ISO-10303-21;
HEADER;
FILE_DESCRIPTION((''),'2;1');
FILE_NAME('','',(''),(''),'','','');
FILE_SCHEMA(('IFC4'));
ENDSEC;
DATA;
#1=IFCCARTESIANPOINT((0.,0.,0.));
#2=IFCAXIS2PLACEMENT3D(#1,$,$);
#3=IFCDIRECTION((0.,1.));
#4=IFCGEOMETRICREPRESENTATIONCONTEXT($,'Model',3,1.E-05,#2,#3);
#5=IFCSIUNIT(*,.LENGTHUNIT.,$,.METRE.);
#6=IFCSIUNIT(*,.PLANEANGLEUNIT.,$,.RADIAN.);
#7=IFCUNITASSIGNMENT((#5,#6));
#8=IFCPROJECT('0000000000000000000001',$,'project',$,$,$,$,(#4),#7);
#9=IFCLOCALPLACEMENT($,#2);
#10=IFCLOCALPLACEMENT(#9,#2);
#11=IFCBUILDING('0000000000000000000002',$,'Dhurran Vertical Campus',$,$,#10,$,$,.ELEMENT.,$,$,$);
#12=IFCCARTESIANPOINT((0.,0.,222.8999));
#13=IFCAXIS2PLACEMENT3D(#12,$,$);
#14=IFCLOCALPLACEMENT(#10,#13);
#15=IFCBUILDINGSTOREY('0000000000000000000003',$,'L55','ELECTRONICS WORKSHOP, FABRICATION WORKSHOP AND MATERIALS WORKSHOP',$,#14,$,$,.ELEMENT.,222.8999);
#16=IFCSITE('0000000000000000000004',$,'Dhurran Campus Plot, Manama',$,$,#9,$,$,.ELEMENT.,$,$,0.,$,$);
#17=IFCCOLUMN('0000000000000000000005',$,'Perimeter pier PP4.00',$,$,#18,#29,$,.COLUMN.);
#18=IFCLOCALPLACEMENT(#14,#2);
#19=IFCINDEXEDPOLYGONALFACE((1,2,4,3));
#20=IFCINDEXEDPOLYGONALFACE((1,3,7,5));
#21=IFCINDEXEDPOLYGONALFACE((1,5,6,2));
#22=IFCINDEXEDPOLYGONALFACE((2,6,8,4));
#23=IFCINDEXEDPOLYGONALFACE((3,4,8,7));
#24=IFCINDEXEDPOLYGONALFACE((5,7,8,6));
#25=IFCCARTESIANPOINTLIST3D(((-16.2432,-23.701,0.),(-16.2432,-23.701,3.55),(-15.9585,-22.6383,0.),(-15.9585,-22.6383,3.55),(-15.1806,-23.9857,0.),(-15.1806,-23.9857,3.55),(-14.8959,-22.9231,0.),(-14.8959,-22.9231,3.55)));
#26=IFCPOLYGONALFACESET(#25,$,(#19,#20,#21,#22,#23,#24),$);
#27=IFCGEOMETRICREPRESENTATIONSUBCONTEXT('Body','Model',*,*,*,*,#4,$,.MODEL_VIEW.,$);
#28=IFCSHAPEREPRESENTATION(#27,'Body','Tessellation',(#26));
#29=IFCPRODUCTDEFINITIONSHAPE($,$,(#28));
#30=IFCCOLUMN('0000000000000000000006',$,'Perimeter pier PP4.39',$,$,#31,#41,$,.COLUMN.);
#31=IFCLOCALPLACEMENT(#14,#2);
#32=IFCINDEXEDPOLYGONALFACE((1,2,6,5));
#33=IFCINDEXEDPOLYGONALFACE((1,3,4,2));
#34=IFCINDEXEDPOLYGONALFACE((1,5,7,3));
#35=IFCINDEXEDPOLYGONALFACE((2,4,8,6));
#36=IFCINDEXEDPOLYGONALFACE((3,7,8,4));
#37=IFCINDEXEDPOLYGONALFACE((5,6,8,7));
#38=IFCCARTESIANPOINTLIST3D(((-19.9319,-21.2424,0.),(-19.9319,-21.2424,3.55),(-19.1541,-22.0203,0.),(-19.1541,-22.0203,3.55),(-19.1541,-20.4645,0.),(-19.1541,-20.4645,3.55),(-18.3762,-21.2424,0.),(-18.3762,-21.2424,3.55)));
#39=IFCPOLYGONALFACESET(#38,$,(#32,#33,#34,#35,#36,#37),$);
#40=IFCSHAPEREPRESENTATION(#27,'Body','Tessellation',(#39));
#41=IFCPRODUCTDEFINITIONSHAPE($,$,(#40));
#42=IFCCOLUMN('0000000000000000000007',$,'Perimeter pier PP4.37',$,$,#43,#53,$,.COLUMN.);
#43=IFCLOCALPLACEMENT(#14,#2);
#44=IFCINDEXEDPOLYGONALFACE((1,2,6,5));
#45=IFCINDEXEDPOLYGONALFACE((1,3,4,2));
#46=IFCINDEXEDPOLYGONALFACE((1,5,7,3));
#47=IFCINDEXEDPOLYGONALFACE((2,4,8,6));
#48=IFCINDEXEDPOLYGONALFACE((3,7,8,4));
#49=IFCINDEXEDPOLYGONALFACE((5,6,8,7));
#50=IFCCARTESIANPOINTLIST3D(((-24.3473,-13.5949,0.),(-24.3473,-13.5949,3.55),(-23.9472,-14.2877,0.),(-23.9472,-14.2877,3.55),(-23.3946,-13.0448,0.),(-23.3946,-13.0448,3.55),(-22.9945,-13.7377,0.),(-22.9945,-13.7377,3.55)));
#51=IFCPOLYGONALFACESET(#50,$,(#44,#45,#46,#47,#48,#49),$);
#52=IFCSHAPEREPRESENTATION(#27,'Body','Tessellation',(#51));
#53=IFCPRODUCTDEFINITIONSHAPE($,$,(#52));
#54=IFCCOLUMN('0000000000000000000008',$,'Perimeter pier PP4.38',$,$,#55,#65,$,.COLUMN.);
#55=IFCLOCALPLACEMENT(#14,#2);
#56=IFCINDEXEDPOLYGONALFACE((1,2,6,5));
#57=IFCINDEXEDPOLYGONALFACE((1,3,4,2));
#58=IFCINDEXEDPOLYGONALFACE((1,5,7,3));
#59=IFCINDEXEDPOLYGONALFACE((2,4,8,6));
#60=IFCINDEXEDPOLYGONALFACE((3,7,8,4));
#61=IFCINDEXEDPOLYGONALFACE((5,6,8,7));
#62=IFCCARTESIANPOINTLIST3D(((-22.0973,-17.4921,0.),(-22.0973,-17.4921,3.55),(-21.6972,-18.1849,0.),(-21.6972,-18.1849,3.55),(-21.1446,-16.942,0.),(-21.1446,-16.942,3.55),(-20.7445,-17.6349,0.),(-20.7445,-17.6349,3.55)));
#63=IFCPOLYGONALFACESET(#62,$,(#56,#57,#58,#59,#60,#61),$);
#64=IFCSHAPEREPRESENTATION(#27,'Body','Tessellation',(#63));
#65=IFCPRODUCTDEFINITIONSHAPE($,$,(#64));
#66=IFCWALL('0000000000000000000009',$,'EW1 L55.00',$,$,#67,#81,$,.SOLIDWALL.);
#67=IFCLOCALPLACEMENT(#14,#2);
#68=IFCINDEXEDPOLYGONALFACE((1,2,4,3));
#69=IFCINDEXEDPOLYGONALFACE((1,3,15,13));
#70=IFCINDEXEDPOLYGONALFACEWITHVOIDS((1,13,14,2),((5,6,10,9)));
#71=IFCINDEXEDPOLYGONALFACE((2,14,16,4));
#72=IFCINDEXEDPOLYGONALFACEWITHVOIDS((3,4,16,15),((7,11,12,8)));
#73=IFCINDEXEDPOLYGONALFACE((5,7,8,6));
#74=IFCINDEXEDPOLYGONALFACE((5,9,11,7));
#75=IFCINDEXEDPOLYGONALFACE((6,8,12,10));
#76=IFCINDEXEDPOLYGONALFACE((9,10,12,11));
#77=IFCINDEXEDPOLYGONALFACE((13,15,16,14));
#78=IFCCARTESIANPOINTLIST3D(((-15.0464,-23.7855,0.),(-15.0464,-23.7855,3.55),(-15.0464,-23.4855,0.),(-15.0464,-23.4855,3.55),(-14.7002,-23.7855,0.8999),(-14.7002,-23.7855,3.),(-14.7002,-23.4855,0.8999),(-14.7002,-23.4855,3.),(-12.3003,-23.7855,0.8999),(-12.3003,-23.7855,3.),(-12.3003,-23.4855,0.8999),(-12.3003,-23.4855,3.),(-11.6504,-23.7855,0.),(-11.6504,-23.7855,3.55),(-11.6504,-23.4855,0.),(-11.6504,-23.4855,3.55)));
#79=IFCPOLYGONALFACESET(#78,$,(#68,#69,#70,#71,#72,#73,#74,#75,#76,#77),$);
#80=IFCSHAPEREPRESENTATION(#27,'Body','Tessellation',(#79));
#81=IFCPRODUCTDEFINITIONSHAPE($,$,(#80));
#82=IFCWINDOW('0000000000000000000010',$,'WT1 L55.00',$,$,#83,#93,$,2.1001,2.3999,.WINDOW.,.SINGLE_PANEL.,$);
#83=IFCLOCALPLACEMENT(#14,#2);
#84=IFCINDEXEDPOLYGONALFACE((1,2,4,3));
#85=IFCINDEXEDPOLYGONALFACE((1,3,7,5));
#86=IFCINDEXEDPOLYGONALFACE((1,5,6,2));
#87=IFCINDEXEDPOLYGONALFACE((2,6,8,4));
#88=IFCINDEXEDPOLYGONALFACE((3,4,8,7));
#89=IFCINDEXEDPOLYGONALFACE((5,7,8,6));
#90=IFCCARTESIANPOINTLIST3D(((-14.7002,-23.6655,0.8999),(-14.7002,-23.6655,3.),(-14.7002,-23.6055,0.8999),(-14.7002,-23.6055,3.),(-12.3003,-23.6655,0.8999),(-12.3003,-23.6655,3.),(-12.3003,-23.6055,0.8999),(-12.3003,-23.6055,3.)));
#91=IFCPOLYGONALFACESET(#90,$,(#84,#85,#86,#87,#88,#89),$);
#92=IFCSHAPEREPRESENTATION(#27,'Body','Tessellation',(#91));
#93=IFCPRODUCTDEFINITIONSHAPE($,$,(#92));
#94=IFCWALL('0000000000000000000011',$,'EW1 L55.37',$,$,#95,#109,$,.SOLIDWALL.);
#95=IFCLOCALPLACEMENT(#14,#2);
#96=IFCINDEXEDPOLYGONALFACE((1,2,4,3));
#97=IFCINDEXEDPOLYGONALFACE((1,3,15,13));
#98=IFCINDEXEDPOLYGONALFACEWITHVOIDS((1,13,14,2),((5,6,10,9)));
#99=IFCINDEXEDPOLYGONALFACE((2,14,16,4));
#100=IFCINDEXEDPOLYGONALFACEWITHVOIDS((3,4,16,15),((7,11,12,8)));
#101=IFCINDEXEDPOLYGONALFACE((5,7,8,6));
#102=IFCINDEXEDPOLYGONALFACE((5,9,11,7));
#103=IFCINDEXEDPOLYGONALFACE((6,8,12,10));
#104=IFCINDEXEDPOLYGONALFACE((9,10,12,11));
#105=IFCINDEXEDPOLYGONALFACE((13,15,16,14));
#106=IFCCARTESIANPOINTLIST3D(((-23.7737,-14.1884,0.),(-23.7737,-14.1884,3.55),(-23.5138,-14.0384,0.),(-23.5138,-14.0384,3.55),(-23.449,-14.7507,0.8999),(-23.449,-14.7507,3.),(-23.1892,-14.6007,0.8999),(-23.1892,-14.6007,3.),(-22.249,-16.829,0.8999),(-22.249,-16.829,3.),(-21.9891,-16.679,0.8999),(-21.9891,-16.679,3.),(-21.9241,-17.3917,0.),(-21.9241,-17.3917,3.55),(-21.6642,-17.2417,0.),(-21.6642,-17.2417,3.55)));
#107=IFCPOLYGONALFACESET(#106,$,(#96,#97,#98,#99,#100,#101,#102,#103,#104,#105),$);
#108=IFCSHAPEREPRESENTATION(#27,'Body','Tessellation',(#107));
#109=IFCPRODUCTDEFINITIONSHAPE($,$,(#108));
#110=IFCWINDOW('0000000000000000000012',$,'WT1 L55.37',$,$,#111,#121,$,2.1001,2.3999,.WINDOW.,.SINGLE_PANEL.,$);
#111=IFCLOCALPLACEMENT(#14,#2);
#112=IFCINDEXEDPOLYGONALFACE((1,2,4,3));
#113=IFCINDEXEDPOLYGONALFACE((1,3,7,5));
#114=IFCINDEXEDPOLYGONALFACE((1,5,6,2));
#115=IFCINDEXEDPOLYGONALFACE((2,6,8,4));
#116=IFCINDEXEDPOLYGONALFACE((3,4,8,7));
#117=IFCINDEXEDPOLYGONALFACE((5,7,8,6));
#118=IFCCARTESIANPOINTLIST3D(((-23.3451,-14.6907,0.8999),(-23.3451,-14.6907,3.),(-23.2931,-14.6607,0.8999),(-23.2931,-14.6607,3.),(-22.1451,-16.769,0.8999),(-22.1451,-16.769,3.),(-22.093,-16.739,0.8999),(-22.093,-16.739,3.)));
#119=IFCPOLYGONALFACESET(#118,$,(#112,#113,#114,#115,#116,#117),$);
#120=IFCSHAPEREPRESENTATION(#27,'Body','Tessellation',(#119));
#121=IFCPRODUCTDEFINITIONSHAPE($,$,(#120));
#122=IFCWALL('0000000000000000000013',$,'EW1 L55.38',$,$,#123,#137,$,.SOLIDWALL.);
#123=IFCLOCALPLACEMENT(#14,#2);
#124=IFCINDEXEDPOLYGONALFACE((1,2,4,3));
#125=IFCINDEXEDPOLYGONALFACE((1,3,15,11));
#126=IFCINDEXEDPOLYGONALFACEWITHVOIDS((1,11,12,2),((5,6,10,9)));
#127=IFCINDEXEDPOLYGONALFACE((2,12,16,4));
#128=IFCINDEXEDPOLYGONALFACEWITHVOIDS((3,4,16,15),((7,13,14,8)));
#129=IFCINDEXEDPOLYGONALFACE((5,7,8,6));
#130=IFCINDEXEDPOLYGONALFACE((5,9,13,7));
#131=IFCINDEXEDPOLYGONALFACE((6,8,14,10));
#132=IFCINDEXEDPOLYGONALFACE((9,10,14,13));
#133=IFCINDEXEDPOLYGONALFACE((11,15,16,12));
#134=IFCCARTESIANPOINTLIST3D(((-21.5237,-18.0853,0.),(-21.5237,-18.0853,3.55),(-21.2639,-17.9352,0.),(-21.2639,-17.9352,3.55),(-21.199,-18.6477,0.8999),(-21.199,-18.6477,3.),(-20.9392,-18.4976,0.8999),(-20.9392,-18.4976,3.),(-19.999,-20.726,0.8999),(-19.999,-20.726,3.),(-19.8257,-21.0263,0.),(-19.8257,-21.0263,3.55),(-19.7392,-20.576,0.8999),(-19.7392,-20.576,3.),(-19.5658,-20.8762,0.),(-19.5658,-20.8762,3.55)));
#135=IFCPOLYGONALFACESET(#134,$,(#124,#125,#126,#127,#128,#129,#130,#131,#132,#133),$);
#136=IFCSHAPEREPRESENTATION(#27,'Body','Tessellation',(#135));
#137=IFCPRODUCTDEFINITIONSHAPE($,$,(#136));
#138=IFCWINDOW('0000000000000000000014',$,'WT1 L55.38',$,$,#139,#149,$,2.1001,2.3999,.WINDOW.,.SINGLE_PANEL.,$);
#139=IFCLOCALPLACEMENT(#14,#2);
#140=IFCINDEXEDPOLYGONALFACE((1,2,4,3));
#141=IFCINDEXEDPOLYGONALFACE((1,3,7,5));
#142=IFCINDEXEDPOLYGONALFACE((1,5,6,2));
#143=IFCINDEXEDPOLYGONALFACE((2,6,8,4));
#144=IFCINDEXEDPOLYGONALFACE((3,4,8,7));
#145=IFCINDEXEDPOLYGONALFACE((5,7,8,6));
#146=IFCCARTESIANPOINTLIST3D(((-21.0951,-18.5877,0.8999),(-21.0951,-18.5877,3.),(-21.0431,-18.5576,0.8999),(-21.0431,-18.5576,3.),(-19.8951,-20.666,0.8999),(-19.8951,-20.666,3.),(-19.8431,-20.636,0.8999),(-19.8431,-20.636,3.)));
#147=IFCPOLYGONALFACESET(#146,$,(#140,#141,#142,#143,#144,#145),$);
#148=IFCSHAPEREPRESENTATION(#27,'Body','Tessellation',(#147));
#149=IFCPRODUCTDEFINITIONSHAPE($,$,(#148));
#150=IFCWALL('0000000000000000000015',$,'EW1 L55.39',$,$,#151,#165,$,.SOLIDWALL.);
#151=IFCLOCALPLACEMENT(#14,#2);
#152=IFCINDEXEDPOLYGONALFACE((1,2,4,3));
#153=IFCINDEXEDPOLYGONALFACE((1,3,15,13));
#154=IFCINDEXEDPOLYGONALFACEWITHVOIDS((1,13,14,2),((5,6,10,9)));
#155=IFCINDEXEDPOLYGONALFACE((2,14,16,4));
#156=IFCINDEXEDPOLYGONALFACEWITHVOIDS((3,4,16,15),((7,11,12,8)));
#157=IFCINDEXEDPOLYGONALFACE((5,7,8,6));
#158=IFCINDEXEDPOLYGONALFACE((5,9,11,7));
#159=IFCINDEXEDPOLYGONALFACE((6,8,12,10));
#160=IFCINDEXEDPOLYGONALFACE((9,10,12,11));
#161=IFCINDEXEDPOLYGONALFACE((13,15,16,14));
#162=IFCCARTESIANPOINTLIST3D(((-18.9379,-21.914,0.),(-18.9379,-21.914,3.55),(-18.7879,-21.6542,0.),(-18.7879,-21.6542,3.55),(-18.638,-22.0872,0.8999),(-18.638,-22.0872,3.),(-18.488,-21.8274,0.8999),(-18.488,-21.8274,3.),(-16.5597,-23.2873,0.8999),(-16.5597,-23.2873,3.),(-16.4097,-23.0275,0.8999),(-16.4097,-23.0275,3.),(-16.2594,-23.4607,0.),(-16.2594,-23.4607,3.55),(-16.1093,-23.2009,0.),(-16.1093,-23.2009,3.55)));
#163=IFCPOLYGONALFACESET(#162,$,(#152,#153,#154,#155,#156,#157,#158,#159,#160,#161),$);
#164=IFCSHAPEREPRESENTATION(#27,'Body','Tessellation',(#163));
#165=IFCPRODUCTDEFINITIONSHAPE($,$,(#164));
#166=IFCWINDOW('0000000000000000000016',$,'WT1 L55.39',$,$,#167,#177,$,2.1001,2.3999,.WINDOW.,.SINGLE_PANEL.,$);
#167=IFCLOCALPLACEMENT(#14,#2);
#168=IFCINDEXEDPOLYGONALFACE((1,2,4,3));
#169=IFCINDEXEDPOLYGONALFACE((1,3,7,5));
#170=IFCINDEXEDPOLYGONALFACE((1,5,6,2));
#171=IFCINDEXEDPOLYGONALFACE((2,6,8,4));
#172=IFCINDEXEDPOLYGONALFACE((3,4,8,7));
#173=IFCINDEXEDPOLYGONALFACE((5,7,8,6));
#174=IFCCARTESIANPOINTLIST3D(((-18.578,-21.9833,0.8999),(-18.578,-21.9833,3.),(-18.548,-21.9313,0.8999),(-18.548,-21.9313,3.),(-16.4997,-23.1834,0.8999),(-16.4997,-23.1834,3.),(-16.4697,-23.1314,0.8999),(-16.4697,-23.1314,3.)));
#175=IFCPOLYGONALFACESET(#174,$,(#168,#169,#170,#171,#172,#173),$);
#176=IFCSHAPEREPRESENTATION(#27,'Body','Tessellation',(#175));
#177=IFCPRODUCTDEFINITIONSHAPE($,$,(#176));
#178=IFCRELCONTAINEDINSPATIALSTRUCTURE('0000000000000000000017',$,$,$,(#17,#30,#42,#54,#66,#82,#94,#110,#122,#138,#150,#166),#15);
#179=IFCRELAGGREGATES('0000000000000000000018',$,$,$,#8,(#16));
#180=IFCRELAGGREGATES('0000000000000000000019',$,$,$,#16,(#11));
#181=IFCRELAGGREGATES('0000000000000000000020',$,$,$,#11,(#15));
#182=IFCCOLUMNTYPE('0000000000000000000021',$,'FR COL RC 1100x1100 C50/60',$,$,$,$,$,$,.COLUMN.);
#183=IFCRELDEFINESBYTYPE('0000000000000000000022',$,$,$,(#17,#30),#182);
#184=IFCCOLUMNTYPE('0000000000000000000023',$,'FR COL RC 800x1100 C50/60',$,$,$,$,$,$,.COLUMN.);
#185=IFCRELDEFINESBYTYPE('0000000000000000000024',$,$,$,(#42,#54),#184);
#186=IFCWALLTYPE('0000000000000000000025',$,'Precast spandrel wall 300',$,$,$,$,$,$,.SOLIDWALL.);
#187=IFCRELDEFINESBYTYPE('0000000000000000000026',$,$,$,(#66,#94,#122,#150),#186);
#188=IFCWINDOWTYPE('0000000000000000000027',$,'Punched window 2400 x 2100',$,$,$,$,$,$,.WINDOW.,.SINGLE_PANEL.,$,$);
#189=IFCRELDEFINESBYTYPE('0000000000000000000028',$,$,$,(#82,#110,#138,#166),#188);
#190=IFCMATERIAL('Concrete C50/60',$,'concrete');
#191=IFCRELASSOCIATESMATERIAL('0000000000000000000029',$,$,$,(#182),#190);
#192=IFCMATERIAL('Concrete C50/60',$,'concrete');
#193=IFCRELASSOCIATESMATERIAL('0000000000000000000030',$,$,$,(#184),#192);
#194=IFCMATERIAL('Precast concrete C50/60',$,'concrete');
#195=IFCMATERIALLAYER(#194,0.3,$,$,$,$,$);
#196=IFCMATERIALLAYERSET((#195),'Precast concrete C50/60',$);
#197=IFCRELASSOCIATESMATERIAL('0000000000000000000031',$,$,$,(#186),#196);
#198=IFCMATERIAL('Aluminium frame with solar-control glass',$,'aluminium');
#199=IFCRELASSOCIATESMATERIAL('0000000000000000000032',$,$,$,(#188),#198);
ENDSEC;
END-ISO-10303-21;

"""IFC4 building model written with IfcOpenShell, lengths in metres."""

from ifc_helpers import new_model, si_unit, direction, frame, frame_2d, origin, origin_2d, place, context, subcontext, project, spatial, rectangle, extrude, material, layer, layer_set, material_profile, profile_set, type_object, element, fill, save


model = new_model("IFC4")

# Units and contexts
model_context = context("Model", 3, precision=1e-05, world=origin(), true_north=direction((0.0, 1.0)))
body_context = subcontext(model_context, "Body", "Model", "MODEL_VIEW")
ifc_project = project(units=[si_unit("LENGTHUNIT", "METRE"), si_unit("PLANEANGLEUNIT", "RADIAN")], contexts=[model_context])

# Site, building, storey
site_placement = place(None, origin())
site = spatial("IfcSite", under=ifc_project, at=site_placement, Name="Dhurran Campus Plot, Manama", CompositionType="ELEMENT", RefElevation=0.0)
building_placement = place(site_placement, origin())
building = spatial("IfcBuilding", under=site, at=building_placement, Name="Dhurran Vertical Campus", CompositionType="ELEMENT")
storey_placement = place(building_placement, frame((0.0, 0.0, 222.8999)))
storey = spatial("IfcBuildingStorey", under=building, at=storey_placement, Name="L55", Description="ELECTRONICS WORKSHOP, FABRICATION WORKSHOP AND MATERIALS WORKSHOP", CompositionType="ELEMENT", Elevation=222.8999)

# Columns
ifc_material_1 = material(Name="Concrete C50/60", Category="concrete")
ifc_material_profile_1 = material_profile(ifc_material_1, rectangle(XDim=1.1001, YDim=1.1001, at=origin_2d()), Name="RC 1100x1100")
ifc_profile_set_1 = profile_set([ifc_material_profile_1], Name="Concrete C50/60")
column_type_1 = type_object("IfcColumnType", Name="FR COL RC 1100x1100 C50/60", PredefinedType="COLUMN", material=ifc_profile_set_1)
for number, where, z_axis, x_axis, name in (
    (1, (-15.5696, -23.312, 0.0), (0.0, 0.0, 1.0), (0.965926, -0.258819, 0.0), "Perimeter pier PP4.00"),
    (2, (-19.1541, -21.2424, 0.0), (0.0, 0.0, 1.0), (0.707107, -0.707107, 0.0), "Perimeter pier PP4.39"),
):
    element("IfcColumn", number, at=place(storey_placement, frame(where, z_axis=z_axis, x_axis=x_axis)), inside=storey, type_object=column_type_1, Name=name, PredefinedType="COLUMN", context=body_context, shape_type="SweptSolid", body=[
        extrude(rectangle(XDim=1.1001, YDim=1.1001, at=origin_2d()), origin(), (0.0, 0.0, 1.0), 3.55),
    ])
ifc_material_2 = material(Name="Concrete C50/60", Category="concrete")
ifc_material_profile_2 = material_profile(ifc_material_2, rectangle(XDim=0.8, YDim=1.1001, at=origin_2d()), Name="RC 800x1100")
ifc_profile_set_2 = profile_set([ifc_material_profile_2], Name="Concrete C50/60")
column_type_2 = type_object("IfcColumnType", Name="FR COL RC 800x1100 C50/60", PredefinedType="COLUMN", material=ifc_profile_set_2)
for number, where, z_axis, x_axis, name in (
    (3, (-23.6709, -13.6663, 0.0), (0.0, 0.0, 1.0), (0.5, -0.866025, 0.0), "Perimeter pier PP4.37"),
    (4, (-21.4209, -17.5635, 0.0), (0.0, 0.0, 1.0), (0.5, -0.866025, 0.0), "Perimeter pier PP4.38"),
):
    element("IfcColumn", number, at=place(storey_placement, frame(where, z_axis=z_axis, x_axis=x_axis)), inside=storey, type_object=column_type_2, Name=name, PredefinedType="COLUMN", context=body_context, shape_type="SweptSolid", body=[
        extrude(rectangle(XDim=0.8, YDim=1.1001, at=origin_2d()), origin(), (0.0, 0.0, 1.0), 3.55),
    ])

# Walls, openings, windows
ifc_material_3 = material(Name="Precast concrete C50/60", Category="concrete")
ifc_layer_1 = layer(ifc_material_3, 0.3)
ifc_layer_set_1 = layer_set([ifc_layer_1], Name="Precast concrete C50/60")
wall_type_1 = type_object("IfcWallType", Name="Precast spandrel wall 300", PredefinedType="SOLIDWALL", material=ifc_layer_set_1)
wall_1_placement = place(storey_placement, frame((-15.0464, -23.6355, 0.0), z_axis=(0.0, 0.0, 1.0), x_axis=(1.0, 0.0, 0.0)))
wall_1 = element("IfcWall", 5, at=wall_1_placement, inside=storey, type_object=wall_type_1, Name="EW1 L55.00", PredefinedType="SOLIDWALL", context=body_context, shape_type="SweptSolid", body=[
    extrude(rectangle(XDim=3.396, YDim=0.3, at=frame_2d((1.698, 0.0))), origin(), (0.0, 0.0, 1.0), 3.55),
])
opening_1_placement = place(wall_1_placement, frame((0.3462, 0.0, 0.8999)))
opening_1 = element("IfcOpeningElement", 6, at=opening_1_placement, cuts=wall_1, PredefinedType="OPENING", context=body_context, shape_type="SweptSolid", body=[
    extrude(rectangle(XDim=2.3999, YDim=2.1001, at=frame_2d((1.2, 1.05))), frame((0.0, 0.1599, 0.0), z_axis=(0.0, -1.0, 0.0), x_axis=(1.0, 0.0, 0.0)), (0.0, 0.0, 1.0), 0.3201),
])
ifc_material_4 = material(Name="Aluminium frame with solar-control glass", Category="aluminium")
window_type = type_object("IfcWindowType", Name="Punched window 2400 x 2100", PartitioningType="SINGLE_PANEL", PredefinedType="WINDOW", material=ifc_material_4)
window_1_placement = place(opening_1_placement, origin())
window_1 = element("IfcWindow", 7, at=window_1_placement, inside=storey, type_object=window_type, Name="WT1 L55.00", OverallHeight=2.1001, OverallWidth=2.3999, PartitioningType="SINGLE_PANEL", PredefinedType="WINDOW", context=body_context, shape_type="SweptSolid", body=[
    extrude(rectangle(XDim=2.3999, YDim=2.1001, at=frame_2d((1.2, 1.05))), frame((0.0, 0.03, 0.0), z_axis=(0.0, -1.0, 0.0), x_axis=(1.0, 0.0, 0.0)), (0.0, 0.0, 1.0), 0.0601),
])
fill(opening_1, window_1)
wall_2_placement = place(storey_placement, frame((-23.6438, -14.1133, 0.0), z_axis=(0.0, 0.0, 1.0), x_axis=(0.500029, -0.866009, 0.0)))
wall_2 = element("IfcWall", 8, at=wall_2_placement, inside=storey, type_object=wall_type_1, Name="EW1 L55.37", PredefinedType="SOLIDWALL", context=body_context, shape_type="SweptSolid", body=[
    extrude(rectangle(XDim=3.699, YDim=0.3, at=frame_2d((1.8496, 0.0))), origin(), (0.0, 0.0, 1.0), 3.55),
])
opening_2_placement = place(wall_2_placement, frame((0.6494, 0.0, 0.8999)))
opening_2 = element("IfcOpeningElement", 9, at=opening_2_placement, cuts=wall_2, PredefinedType="OPENING", context=body_context, shape_type="SweptSolid", body=[
    extrude(rectangle(XDim=2.3999, YDim=2.1001, at=frame_2d((1.2, 1.05))), frame((0.0, 0.1599, 0.0), z_axis=(0.0, -1.0, 0.0), x_axis=(1.0, 0.0, 0.0)), (0.0, 0.0, 1.0), 0.3201),
])
window_2_placement = place(opening_2_placement, origin())
window_2 = element("IfcWindow", 10, at=window_2_placement, inside=storey, type_object=window_type, Name="WT1 L55.37", OverallHeight=2.1001, OverallWidth=2.3999, PartitioningType="SINGLE_PANEL", PredefinedType="WINDOW", context=body_context, shape_type="SweptSolid", body=[
    extrude(rectangle(XDim=2.3999, YDim=2.1001, at=frame_2d((1.2, 1.05))), frame((0.0, 0.03, 0.0), z_axis=(0.0, -1.0, 0.0), x_axis=(1.0, 0.0, 0.0)), (0.0, 0.0, 1.0), 0.0601),
])
fill(opening_2, window_2)
wall_3_placement = place(storey_placement, frame((-21.3938, -18.0103, 0.0), z_axis=(0.0, 0.0, 1.0), x_axis=(0.500013, -0.866018, 0.0)))
wall_3 = element("IfcWall", 11, at=wall_3_placement, inside=storey, type_object=wall_type_1, Name="EW1 L55.38", PredefinedType="SOLIDWALL", context=body_context, shape_type="SweptSolid", body=[
    extrude(rectangle(XDim=3.396, YDim=0.3, at=frame_2d((1.698, 0.0))), origin(), (0.0, 0.0, 1.0), 3.55),
])
opening_3_placement = place(wall_3_placement, frame((0.6494, 0.0, 0.8999)))
opening_3 = element("IfcOpeningElement", 12, at=opening_3_placement, cuts=wall_3, PredefinedType="OPENING", context=body_context, shape_type="SweptSolid", body=[
    extrude(rectangle(XDim=2.3999, YDim=2.1001, at=frame_2d((1.2, 1.05))), frame((0.0, 0.1599, 0.0), z_axis=(0.0, -1.0, 0.0), x_axis=(1.0, 0.0, 0.0)), (0.0, 0.0, 1.0), 0.3201),
])
window_3_placement = place(opening_3_placement, origin())
window_3 = element("IfcWindow", 13, at=window_3_placement, inside=storey, type_object=window_type, Name="WT1 L55.38", OverallHeight=2.1001, OverallWidth=2.3999, PartitioningType="SINGLE_PANEL", PredefinedType="WINDOW", context=body_context, shape_type="SweptSolid", body=[
    extrude(rectangle(XDim=2.3999, YDim=2.1001, at=frame_2d((1.2, 1.05))), frame((0.0, 0.03, 0.0), z_axis=(0.0, -1.0, 0.0), x_axis=(1.0, 0.0, 0.0)), (0.0, 0.0, 1.0), 0.0601),
])
fill(opening_3, window_3)
wall_4_placement = place(storey_placement, frame((-18.8628, -21.7842, 0.0), z_axis=(0.0, 0.0, 1.0), x_axis=(0.865995, -0.500053, 0.0)))
wall_4 = element("IfcWall", 14, at=wall_4_placement, inside=storey, type_object=wall_type_1, Name="EW1 L55.39", PredefinedType="SOLIDWALL", context=body_context, shape_type="SweptSolid", body=[
    extrude(rectangle(XDim=3.093, YDim=0.3, at=frame_2d((1.5464, 0.0))), origin(), (0.0, 0.0, 1.0), 3.55),
])
opening_4_placement = place(wall_4_placement, frame((0.3462, 0.0, 0.8999)))
opening_4 = element("IfcOpeningElement", 15, at=opening_4_placement, cuts=wall_4, PredefinedType="OPENING", context=body_context, shape_type="SweptSolid", body=[
    extrude(rectangle(XDim=2.3999, YDim=2.1001, at=frame_2d((1.2, 1.05))), frame((0.0, 0.1599, 0.0), z_axis=(0.0, -1.0, 0.0), x_axis=(1.0, 0.0, 0.0)), (0.0, 0.0, 1.0), 0.3201),
])
window_4_placement = place(opening_4_placement, origin())
window_4 = element("IfcWindow", 16, at=window_4_placement, inside=storey, type_object=window_type, Name="WT1 L55.39", OverallHeight=2.1001, OverallWidth=2.3999, PartitioningType="SINGLE_PANEL", PredefinedType="WINDOW", context=body_context, shape_type="SweptSolid", body=[
    extrude(rectangle(XDim=2.3999, YDim=2.1001, at=frame_2d((1.2, 1.05))), frame((0.0, 0.03, 0.0), z_axis=(0.0, -1.0, 0.0), x_axis=(1.0, 0.0, 0.0)), (0.0, 0.0, 1.0), 0.0601),
])
fill(opening_4, window_4)

save(model, "model.ifc")
